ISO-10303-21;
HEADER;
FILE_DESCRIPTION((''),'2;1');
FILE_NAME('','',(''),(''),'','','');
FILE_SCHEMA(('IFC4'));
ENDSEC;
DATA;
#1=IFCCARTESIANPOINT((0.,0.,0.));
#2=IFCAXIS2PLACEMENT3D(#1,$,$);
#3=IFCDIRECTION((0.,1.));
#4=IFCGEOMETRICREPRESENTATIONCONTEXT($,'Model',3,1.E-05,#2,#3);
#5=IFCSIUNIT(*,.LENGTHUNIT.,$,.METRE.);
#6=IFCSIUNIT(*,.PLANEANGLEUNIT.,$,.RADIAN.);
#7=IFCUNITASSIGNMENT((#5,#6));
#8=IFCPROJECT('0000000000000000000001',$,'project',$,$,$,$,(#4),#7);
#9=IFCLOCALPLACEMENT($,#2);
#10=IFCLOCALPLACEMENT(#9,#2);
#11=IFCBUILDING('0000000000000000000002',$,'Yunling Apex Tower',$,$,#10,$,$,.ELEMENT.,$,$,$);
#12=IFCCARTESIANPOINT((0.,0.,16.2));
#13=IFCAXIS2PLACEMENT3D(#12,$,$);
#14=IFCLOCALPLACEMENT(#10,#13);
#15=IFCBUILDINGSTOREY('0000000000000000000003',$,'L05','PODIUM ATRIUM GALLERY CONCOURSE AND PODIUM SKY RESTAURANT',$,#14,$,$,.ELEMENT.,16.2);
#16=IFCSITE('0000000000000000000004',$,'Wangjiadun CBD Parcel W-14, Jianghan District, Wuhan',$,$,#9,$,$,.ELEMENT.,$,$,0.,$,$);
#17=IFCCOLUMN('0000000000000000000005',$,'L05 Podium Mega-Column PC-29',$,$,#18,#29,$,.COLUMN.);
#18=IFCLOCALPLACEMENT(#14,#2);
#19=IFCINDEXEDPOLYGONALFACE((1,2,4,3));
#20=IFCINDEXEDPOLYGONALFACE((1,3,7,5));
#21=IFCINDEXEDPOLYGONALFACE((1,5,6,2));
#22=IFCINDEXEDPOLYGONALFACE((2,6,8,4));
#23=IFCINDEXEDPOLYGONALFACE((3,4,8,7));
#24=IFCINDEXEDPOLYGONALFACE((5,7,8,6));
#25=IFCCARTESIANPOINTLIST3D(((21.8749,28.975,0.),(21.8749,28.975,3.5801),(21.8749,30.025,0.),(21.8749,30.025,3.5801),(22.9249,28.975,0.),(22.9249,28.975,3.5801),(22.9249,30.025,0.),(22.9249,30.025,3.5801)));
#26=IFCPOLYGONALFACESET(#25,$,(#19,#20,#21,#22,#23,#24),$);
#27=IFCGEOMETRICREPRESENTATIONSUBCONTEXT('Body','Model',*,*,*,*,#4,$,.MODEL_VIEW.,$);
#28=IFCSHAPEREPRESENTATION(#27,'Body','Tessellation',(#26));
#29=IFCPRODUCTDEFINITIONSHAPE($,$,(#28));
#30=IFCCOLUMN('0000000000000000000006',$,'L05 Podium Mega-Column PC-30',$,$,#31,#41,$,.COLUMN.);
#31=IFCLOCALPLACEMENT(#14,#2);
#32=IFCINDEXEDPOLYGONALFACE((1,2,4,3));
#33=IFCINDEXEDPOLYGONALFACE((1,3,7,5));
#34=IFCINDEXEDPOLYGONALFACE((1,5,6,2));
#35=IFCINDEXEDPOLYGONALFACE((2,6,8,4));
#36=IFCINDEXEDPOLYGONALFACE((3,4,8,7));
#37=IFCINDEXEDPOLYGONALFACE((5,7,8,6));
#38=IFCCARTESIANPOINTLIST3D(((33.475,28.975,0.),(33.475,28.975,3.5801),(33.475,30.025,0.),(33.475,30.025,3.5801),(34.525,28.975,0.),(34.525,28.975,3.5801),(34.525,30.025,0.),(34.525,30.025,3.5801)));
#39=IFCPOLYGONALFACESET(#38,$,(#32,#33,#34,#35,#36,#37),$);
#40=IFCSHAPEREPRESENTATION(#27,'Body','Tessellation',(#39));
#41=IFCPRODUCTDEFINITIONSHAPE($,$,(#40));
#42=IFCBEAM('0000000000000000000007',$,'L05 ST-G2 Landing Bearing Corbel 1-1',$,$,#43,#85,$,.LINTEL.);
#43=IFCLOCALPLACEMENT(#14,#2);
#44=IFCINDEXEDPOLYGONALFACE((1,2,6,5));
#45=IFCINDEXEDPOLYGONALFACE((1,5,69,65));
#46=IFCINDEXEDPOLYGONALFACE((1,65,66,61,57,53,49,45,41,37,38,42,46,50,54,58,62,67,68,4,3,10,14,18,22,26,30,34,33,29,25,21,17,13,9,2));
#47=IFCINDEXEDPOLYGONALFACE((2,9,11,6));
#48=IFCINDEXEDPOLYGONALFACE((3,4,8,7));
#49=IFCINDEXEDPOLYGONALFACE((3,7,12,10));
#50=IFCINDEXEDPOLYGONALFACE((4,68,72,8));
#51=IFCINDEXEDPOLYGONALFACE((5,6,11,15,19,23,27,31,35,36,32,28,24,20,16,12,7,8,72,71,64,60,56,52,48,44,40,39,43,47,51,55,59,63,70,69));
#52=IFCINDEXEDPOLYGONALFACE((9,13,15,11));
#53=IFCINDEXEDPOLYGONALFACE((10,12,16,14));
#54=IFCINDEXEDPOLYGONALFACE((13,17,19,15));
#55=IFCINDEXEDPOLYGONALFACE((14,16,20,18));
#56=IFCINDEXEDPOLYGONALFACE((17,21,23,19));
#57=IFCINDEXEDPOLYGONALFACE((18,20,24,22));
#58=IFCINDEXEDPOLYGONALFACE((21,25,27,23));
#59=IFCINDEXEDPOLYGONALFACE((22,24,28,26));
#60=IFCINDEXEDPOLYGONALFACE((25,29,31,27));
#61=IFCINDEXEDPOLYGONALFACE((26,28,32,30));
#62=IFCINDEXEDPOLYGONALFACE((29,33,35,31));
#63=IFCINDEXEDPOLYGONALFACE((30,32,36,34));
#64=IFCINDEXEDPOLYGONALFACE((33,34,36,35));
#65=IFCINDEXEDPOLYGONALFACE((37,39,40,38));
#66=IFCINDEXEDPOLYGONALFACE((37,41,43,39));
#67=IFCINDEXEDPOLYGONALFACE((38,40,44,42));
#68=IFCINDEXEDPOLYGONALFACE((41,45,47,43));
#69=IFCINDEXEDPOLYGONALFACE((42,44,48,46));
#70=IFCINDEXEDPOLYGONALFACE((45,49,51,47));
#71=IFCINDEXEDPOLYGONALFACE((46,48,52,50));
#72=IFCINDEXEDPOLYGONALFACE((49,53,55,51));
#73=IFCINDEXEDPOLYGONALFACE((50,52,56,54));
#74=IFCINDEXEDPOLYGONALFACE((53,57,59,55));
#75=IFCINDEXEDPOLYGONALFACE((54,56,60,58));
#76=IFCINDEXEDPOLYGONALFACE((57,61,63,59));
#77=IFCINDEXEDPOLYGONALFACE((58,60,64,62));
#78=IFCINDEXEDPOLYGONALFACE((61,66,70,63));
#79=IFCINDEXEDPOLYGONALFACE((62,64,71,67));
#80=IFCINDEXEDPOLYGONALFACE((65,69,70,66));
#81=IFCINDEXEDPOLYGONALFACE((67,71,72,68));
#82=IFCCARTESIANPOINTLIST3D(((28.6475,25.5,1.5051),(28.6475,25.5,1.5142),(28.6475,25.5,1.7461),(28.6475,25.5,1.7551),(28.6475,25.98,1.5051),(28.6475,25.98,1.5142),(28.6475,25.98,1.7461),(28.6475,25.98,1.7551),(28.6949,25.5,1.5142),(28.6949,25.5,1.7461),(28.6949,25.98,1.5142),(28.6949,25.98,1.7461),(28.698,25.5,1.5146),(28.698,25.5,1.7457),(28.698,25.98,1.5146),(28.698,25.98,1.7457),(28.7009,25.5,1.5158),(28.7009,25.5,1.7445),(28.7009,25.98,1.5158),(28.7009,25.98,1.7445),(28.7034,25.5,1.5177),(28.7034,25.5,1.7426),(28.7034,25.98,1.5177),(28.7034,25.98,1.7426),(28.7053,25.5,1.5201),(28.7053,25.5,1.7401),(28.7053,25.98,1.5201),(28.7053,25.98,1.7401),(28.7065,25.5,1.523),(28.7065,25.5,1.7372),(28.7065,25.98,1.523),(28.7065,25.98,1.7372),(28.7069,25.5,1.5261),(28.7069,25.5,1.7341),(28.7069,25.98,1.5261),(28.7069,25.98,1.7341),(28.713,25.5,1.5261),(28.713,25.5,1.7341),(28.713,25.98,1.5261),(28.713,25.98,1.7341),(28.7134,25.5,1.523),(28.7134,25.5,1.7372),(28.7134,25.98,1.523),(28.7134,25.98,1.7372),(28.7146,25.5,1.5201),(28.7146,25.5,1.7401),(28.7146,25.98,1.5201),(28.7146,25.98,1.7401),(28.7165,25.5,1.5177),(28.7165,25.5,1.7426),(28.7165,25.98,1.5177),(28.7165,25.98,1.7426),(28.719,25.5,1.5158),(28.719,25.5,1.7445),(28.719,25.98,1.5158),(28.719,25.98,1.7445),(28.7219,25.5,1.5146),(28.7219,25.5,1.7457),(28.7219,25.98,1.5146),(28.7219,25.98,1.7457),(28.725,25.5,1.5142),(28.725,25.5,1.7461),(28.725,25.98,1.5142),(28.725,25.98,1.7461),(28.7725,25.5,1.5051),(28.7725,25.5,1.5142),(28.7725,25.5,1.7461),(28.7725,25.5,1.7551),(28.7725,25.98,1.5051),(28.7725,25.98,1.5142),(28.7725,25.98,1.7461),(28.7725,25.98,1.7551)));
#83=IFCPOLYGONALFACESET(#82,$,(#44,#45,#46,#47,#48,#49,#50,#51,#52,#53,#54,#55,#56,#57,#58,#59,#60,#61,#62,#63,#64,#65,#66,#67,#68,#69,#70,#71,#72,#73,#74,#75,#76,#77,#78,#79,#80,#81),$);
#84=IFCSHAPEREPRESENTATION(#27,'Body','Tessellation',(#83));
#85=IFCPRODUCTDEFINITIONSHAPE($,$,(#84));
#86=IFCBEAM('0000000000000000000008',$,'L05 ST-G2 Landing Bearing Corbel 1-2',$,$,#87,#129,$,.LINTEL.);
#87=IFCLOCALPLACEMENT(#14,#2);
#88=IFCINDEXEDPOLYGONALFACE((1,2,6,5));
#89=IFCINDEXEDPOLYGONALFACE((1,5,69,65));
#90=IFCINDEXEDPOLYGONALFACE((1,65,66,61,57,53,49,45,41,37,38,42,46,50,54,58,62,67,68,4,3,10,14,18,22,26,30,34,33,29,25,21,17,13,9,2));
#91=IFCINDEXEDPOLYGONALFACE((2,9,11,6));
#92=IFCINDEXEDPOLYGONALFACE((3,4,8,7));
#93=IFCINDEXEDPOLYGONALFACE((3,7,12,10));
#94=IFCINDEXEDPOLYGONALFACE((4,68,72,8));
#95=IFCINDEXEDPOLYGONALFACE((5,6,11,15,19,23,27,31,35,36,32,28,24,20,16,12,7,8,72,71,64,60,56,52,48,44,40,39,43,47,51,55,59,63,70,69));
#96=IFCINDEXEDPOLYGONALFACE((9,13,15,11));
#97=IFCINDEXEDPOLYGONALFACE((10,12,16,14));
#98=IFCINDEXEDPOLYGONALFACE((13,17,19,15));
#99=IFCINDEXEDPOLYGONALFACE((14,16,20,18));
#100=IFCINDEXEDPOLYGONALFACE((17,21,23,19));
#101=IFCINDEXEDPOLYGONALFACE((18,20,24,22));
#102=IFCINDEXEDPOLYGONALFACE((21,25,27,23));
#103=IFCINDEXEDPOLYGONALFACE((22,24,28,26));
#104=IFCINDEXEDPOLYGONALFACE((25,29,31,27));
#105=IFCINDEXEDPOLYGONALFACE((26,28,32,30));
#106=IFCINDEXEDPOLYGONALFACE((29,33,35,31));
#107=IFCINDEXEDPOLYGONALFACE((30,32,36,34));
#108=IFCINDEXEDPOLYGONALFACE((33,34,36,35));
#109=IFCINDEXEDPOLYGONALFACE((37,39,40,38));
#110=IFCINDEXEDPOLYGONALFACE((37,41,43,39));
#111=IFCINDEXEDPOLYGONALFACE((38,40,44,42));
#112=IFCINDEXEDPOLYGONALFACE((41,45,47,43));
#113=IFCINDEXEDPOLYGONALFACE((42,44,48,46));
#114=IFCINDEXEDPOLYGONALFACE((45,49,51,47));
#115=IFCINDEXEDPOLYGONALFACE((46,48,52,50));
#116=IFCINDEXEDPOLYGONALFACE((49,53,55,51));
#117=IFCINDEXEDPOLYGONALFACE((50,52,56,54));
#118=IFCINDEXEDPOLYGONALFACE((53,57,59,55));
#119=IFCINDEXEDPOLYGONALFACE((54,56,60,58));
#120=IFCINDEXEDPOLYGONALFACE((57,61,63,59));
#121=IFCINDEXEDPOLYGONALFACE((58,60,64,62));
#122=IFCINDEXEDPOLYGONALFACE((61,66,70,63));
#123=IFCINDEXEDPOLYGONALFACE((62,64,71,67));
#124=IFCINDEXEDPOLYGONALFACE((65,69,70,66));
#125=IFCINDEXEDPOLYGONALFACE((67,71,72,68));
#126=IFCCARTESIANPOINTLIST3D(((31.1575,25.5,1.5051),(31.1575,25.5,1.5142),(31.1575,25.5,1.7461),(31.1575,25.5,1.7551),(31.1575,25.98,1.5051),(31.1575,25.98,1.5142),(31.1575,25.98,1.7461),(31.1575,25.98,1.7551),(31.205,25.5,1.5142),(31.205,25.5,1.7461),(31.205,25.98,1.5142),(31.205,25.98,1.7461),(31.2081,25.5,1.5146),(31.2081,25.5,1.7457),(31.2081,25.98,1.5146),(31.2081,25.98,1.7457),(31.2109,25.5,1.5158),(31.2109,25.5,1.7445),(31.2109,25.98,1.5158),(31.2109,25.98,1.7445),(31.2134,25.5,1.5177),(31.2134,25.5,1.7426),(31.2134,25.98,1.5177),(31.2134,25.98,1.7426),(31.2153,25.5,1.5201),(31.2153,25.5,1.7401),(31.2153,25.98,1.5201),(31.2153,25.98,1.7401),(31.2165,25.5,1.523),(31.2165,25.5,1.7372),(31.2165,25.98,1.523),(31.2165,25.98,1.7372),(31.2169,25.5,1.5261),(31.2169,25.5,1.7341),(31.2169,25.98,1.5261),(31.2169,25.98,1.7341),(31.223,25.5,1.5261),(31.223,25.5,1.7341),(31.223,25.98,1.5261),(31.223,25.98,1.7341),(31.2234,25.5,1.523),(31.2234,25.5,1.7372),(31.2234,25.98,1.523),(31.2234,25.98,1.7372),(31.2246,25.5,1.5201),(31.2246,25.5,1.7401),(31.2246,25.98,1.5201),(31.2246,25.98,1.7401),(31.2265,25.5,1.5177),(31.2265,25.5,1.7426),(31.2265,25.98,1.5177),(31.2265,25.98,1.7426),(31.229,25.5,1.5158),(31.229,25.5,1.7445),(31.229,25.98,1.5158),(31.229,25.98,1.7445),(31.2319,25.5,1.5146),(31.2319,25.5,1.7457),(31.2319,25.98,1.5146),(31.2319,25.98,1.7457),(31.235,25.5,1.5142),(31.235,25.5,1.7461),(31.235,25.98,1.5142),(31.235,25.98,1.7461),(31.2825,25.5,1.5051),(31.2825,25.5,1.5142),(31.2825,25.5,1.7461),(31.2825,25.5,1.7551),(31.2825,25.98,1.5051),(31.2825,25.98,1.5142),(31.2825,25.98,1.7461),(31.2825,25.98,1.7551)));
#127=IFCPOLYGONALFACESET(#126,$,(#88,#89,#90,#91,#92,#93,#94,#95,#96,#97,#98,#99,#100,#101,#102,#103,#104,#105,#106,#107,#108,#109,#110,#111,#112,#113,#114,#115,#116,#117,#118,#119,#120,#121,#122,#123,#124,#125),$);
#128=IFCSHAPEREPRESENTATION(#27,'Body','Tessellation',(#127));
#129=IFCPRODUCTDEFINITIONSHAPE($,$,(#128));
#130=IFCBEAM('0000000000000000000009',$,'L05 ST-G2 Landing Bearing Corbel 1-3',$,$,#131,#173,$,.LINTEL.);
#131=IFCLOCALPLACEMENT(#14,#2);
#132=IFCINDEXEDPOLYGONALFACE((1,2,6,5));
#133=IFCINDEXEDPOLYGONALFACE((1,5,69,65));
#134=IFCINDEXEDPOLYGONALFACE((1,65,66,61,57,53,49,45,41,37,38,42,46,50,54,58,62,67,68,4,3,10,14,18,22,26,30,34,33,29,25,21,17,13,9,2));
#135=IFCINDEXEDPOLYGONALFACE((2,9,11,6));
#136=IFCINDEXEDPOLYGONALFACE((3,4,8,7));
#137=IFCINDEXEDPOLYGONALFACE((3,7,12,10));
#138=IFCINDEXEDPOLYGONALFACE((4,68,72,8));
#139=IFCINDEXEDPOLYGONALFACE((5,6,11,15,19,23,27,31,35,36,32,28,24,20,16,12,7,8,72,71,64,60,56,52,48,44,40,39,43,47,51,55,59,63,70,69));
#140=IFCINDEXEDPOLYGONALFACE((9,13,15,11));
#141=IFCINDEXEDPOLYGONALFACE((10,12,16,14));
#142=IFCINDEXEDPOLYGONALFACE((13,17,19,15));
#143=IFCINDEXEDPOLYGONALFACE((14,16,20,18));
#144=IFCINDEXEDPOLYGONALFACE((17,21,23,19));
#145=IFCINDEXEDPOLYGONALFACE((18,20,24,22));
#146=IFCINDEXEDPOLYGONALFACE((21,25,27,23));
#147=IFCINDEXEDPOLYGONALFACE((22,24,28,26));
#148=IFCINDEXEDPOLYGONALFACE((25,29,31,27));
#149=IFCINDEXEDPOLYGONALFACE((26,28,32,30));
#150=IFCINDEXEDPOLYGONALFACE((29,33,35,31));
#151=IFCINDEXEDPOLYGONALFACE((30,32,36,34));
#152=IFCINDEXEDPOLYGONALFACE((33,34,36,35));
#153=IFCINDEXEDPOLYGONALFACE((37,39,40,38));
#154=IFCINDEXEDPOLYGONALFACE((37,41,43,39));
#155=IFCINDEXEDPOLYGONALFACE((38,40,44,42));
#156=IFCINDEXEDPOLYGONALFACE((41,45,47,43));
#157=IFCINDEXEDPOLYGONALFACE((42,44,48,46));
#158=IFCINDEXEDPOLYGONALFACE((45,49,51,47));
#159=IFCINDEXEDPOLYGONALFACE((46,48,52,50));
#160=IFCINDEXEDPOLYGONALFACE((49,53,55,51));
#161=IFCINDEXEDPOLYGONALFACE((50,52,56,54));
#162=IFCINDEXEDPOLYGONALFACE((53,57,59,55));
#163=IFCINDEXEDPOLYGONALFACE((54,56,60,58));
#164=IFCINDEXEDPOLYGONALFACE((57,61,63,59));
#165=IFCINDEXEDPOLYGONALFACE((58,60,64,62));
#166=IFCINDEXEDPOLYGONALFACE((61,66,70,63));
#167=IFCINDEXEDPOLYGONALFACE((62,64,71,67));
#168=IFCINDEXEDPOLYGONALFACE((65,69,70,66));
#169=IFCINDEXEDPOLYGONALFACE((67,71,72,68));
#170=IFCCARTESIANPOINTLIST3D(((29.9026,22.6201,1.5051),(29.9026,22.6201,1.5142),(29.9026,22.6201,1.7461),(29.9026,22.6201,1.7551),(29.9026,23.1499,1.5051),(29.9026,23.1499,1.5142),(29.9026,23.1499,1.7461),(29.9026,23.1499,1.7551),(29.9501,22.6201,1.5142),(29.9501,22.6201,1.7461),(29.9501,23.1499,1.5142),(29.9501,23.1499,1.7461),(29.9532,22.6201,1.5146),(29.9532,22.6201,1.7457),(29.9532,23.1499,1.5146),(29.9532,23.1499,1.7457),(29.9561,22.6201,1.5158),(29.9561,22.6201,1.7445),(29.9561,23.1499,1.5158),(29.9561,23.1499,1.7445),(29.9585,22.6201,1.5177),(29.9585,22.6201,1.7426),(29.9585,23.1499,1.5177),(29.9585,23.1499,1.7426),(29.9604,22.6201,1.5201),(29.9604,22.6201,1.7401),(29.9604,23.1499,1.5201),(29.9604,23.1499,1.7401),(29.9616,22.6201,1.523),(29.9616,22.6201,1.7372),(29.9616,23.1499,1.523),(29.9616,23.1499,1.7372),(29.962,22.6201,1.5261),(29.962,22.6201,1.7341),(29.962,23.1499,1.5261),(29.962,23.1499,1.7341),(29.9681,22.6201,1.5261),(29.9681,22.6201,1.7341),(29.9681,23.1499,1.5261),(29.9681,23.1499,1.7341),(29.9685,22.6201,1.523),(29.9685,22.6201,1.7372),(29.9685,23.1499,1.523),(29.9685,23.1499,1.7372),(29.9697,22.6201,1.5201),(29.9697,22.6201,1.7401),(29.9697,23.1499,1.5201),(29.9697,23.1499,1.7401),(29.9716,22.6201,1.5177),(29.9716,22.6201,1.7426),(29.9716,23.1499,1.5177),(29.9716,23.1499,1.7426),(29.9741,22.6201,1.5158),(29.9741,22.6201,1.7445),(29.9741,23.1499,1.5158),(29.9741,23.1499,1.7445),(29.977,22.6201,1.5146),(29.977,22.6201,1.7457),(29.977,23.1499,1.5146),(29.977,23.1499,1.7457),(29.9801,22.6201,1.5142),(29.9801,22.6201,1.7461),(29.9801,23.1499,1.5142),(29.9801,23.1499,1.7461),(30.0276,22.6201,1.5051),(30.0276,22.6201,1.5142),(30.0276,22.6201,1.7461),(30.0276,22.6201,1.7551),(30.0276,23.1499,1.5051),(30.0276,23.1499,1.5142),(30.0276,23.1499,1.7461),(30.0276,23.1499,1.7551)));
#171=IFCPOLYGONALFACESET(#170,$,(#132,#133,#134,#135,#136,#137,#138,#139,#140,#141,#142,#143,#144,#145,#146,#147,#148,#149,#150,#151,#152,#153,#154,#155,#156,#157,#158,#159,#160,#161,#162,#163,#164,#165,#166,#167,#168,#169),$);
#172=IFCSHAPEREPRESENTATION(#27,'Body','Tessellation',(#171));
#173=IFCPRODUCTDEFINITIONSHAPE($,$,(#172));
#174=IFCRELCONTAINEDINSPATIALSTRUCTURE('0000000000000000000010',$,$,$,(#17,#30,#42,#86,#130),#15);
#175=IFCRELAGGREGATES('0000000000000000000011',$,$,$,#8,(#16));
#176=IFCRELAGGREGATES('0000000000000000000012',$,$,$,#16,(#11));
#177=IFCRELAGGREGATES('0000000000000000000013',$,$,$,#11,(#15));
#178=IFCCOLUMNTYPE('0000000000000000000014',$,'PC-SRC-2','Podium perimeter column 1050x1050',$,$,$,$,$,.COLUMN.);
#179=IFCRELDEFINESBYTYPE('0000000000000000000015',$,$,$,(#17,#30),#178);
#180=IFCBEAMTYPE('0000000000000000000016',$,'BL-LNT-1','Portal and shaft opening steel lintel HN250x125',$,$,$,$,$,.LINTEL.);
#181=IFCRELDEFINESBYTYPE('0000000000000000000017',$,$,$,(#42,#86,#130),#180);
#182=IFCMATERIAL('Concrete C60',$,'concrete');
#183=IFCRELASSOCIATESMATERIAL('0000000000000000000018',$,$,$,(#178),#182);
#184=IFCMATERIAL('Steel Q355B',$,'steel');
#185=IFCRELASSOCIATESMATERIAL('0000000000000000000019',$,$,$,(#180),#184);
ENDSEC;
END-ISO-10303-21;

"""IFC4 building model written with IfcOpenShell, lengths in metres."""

from ifc_helpers import new_model, si_unit, direction, frame, origin, origin_2d, place, context, subcontext, project, spatial, rectangle, i_section, extrude, source, transform, mapped, material, material_profile, profile_set, type_object, element, save


model = new_model("IFC4")

# Units and contexts
model_context = context("Model", 3, precision=1e-05, world=origin(), true_north=direction((0.0, 1.0)))
body_context = subcontext(model_context, "Body", "Model", "MODEL_VIEW")
ifc_project = project(units=[si_unit("LENGTHUNIT", "METRE"), si_unit("PLANEANGLEUNIT", "RADIAN")], contexts=[model_context])

# Site, building, storey
site_placement = place(None, origin())
site = spatial("IfcSite", under=ifc_project, at=site_placement, Name="Wangjiadun CBD Parcel W-14, Jianghan District, Wuhan", CompositionType="ELEMENT", RefElevation=0.0)
building_placement = place(site_placement, origin())
building = spatial("IfcBuilding", under=site, at=building_placement, Name="Yunling Apex Tower", CompositionType="ELEMENT")
storey_placement = place(building_placement, frame((0.0, 0.0, 16.2)))
storey = spatial("IfcBuildingStorey", under=building, at=storey_placement, Name="L05", Description="PODIUM ATRIUM GALLERY CONCOURSE AND PODIUM SKY RESTAURANT", CompositionType="ELEMENT", Elevation=16.2)

# Columns
ifc_material_1 = material(Name="Concrete C60", Category="concrete")
ifc_material_profile_1 = material_profile(ifc_material_1, rectangle(XDim=1.05, YDim=1.05, at=origin_2d()))
ifc_profile_set_1 = profile_set([ifc_material_profile_1], Name="Concrete C60")
column_type = type_object("IfcColumnType", Name="PC-SRC-2", Description="Podium perimeter column 1050x1050", PredefinedType="COLUMN", material=ifc_profile_set_1)
shared_shape_1 = source(origin(), body_context, "Body", "SweptSolid", [
    extrude(rectangle(XDim=1.05, YDim=1.05, at=origin_2d()), origin(), (0.0, 0.0, 1.0), 3.5801),
])
for number, where, z_axis, x_axis, name in (
    (1, (22.3999, 29.5, 0.0), (0.0, 0.0, 1.0), (1.0, 0.0, 0.0), "L05 Podium Mega-Column PC-29"),
    (2, (34.0, 29.5, 0.0), (0.0, 0.0, 1.0), (1.0, 0.0, 0.0), "L05 Podium Mega-Column PC-30"),
):
    element("IfcColumn", number, at=place(storey_placement, frame(where, z_axis=z_axis, x_axis=x_axis)), inside=storey, type_object=column_type, Name=name, PredefinedType="COLUMN", context=body_context, shape_type="MappedRepresentation", body=[
        mapped(shared_shape_1, transform((0.0, 0.0, 0.0), scale=1.0)),
    ])

# Beams
ifc_material_2 = material(Name="Steel Q355B", Category="steel")
ifc_material_profile_2 = material_profile(ifc_material_2, i_section(OverallWidth=0.125, OverallDepth=0.25, WebThickness=0.0061, FlangeThickness=0.009, FilletRadius=0.012, at=origin_2d()))
ifc_profile_set_2 = profile_set([ifc_material_profile_2], Name="Steel Q355B")
beam_type_1 = type_object("IfcBeamType", Name="BL-LNT-1", Description="Portal and shaft opening steel lintel HN250x125", PredefinedType="LINTEL", material=ifc_profile_set_2)
shared_shape_2 = source(origin(), body_context, "Body", "SweptSolid", [
    extrude(i_section(OverallWidth=0.125, OverallDepth=0.25, WebThickness=0.0061, FlangeThickness=0.009, FilletRadius=0.012, at=origin_2d()), origin(), (0.0, 0.0, 1.0), 0.48),
])
for number, where, z_axis, x_axis, name in (
    (3, (28.71, 25.98, 1.6301), (0.0, -1.0, 0.0), (1.0, 0.0, 0.0), "L05 ST-G2 Landing Bearing Corbel 1-1"),
    (4, (31.22, 25.98, 1.6301), (0.0, -1.0, 0.0), (1.0, 0.0, 0.0), "L05 ST-G2 Landing Bearing Corbel 1-2"),
):
    element("IfcBeam", number, at=place(storey_placement, frame(where, z_axis=z_axis, x_axis=x_axis)), inside=storey, type_object=beam_type_1, Name=name, PredefinedType="LINTEL", context=body_context, shape_type="MappedRepresentation", body=[
        mapped(shared_shape_2, transform((0.0, 0.0, 0.0), scale=1.0)),
    ])
shared_shape_3 = source(origin(), body_context, "Body", "SweptSolid", [
    extrude(i_section(OverallWidth=0.125, OverallDepth=0.25, WebThickness=0.0061, FlangeThickness=0.009, FilletRadius=0.012, at=origin_2d()), origin(), (0.0, 0.0, 1.0), 0.5298),
])
beam_1_placement = place(storey_placement, frame((29.9651, 22.6201, 1.6301), z_axis=(0.0, 1.0, 0.0), x_axis=(-1.0, 0.0, 0.0)))
element("IfcBeam", 5, at=beam_1_placement, inside=storey, type_object=beam_type_1, Name="L05 ST-G2 Landing Bearing Corbel 1-3", PredefinedType="LINTEL", context=body_context, shape_type="MappedRepresentation", body=[
    mapped(shared_shape_3, transform((0.0, 0.0, 0.0), scale=1.0)),
])

save(model, "model.ifc")
